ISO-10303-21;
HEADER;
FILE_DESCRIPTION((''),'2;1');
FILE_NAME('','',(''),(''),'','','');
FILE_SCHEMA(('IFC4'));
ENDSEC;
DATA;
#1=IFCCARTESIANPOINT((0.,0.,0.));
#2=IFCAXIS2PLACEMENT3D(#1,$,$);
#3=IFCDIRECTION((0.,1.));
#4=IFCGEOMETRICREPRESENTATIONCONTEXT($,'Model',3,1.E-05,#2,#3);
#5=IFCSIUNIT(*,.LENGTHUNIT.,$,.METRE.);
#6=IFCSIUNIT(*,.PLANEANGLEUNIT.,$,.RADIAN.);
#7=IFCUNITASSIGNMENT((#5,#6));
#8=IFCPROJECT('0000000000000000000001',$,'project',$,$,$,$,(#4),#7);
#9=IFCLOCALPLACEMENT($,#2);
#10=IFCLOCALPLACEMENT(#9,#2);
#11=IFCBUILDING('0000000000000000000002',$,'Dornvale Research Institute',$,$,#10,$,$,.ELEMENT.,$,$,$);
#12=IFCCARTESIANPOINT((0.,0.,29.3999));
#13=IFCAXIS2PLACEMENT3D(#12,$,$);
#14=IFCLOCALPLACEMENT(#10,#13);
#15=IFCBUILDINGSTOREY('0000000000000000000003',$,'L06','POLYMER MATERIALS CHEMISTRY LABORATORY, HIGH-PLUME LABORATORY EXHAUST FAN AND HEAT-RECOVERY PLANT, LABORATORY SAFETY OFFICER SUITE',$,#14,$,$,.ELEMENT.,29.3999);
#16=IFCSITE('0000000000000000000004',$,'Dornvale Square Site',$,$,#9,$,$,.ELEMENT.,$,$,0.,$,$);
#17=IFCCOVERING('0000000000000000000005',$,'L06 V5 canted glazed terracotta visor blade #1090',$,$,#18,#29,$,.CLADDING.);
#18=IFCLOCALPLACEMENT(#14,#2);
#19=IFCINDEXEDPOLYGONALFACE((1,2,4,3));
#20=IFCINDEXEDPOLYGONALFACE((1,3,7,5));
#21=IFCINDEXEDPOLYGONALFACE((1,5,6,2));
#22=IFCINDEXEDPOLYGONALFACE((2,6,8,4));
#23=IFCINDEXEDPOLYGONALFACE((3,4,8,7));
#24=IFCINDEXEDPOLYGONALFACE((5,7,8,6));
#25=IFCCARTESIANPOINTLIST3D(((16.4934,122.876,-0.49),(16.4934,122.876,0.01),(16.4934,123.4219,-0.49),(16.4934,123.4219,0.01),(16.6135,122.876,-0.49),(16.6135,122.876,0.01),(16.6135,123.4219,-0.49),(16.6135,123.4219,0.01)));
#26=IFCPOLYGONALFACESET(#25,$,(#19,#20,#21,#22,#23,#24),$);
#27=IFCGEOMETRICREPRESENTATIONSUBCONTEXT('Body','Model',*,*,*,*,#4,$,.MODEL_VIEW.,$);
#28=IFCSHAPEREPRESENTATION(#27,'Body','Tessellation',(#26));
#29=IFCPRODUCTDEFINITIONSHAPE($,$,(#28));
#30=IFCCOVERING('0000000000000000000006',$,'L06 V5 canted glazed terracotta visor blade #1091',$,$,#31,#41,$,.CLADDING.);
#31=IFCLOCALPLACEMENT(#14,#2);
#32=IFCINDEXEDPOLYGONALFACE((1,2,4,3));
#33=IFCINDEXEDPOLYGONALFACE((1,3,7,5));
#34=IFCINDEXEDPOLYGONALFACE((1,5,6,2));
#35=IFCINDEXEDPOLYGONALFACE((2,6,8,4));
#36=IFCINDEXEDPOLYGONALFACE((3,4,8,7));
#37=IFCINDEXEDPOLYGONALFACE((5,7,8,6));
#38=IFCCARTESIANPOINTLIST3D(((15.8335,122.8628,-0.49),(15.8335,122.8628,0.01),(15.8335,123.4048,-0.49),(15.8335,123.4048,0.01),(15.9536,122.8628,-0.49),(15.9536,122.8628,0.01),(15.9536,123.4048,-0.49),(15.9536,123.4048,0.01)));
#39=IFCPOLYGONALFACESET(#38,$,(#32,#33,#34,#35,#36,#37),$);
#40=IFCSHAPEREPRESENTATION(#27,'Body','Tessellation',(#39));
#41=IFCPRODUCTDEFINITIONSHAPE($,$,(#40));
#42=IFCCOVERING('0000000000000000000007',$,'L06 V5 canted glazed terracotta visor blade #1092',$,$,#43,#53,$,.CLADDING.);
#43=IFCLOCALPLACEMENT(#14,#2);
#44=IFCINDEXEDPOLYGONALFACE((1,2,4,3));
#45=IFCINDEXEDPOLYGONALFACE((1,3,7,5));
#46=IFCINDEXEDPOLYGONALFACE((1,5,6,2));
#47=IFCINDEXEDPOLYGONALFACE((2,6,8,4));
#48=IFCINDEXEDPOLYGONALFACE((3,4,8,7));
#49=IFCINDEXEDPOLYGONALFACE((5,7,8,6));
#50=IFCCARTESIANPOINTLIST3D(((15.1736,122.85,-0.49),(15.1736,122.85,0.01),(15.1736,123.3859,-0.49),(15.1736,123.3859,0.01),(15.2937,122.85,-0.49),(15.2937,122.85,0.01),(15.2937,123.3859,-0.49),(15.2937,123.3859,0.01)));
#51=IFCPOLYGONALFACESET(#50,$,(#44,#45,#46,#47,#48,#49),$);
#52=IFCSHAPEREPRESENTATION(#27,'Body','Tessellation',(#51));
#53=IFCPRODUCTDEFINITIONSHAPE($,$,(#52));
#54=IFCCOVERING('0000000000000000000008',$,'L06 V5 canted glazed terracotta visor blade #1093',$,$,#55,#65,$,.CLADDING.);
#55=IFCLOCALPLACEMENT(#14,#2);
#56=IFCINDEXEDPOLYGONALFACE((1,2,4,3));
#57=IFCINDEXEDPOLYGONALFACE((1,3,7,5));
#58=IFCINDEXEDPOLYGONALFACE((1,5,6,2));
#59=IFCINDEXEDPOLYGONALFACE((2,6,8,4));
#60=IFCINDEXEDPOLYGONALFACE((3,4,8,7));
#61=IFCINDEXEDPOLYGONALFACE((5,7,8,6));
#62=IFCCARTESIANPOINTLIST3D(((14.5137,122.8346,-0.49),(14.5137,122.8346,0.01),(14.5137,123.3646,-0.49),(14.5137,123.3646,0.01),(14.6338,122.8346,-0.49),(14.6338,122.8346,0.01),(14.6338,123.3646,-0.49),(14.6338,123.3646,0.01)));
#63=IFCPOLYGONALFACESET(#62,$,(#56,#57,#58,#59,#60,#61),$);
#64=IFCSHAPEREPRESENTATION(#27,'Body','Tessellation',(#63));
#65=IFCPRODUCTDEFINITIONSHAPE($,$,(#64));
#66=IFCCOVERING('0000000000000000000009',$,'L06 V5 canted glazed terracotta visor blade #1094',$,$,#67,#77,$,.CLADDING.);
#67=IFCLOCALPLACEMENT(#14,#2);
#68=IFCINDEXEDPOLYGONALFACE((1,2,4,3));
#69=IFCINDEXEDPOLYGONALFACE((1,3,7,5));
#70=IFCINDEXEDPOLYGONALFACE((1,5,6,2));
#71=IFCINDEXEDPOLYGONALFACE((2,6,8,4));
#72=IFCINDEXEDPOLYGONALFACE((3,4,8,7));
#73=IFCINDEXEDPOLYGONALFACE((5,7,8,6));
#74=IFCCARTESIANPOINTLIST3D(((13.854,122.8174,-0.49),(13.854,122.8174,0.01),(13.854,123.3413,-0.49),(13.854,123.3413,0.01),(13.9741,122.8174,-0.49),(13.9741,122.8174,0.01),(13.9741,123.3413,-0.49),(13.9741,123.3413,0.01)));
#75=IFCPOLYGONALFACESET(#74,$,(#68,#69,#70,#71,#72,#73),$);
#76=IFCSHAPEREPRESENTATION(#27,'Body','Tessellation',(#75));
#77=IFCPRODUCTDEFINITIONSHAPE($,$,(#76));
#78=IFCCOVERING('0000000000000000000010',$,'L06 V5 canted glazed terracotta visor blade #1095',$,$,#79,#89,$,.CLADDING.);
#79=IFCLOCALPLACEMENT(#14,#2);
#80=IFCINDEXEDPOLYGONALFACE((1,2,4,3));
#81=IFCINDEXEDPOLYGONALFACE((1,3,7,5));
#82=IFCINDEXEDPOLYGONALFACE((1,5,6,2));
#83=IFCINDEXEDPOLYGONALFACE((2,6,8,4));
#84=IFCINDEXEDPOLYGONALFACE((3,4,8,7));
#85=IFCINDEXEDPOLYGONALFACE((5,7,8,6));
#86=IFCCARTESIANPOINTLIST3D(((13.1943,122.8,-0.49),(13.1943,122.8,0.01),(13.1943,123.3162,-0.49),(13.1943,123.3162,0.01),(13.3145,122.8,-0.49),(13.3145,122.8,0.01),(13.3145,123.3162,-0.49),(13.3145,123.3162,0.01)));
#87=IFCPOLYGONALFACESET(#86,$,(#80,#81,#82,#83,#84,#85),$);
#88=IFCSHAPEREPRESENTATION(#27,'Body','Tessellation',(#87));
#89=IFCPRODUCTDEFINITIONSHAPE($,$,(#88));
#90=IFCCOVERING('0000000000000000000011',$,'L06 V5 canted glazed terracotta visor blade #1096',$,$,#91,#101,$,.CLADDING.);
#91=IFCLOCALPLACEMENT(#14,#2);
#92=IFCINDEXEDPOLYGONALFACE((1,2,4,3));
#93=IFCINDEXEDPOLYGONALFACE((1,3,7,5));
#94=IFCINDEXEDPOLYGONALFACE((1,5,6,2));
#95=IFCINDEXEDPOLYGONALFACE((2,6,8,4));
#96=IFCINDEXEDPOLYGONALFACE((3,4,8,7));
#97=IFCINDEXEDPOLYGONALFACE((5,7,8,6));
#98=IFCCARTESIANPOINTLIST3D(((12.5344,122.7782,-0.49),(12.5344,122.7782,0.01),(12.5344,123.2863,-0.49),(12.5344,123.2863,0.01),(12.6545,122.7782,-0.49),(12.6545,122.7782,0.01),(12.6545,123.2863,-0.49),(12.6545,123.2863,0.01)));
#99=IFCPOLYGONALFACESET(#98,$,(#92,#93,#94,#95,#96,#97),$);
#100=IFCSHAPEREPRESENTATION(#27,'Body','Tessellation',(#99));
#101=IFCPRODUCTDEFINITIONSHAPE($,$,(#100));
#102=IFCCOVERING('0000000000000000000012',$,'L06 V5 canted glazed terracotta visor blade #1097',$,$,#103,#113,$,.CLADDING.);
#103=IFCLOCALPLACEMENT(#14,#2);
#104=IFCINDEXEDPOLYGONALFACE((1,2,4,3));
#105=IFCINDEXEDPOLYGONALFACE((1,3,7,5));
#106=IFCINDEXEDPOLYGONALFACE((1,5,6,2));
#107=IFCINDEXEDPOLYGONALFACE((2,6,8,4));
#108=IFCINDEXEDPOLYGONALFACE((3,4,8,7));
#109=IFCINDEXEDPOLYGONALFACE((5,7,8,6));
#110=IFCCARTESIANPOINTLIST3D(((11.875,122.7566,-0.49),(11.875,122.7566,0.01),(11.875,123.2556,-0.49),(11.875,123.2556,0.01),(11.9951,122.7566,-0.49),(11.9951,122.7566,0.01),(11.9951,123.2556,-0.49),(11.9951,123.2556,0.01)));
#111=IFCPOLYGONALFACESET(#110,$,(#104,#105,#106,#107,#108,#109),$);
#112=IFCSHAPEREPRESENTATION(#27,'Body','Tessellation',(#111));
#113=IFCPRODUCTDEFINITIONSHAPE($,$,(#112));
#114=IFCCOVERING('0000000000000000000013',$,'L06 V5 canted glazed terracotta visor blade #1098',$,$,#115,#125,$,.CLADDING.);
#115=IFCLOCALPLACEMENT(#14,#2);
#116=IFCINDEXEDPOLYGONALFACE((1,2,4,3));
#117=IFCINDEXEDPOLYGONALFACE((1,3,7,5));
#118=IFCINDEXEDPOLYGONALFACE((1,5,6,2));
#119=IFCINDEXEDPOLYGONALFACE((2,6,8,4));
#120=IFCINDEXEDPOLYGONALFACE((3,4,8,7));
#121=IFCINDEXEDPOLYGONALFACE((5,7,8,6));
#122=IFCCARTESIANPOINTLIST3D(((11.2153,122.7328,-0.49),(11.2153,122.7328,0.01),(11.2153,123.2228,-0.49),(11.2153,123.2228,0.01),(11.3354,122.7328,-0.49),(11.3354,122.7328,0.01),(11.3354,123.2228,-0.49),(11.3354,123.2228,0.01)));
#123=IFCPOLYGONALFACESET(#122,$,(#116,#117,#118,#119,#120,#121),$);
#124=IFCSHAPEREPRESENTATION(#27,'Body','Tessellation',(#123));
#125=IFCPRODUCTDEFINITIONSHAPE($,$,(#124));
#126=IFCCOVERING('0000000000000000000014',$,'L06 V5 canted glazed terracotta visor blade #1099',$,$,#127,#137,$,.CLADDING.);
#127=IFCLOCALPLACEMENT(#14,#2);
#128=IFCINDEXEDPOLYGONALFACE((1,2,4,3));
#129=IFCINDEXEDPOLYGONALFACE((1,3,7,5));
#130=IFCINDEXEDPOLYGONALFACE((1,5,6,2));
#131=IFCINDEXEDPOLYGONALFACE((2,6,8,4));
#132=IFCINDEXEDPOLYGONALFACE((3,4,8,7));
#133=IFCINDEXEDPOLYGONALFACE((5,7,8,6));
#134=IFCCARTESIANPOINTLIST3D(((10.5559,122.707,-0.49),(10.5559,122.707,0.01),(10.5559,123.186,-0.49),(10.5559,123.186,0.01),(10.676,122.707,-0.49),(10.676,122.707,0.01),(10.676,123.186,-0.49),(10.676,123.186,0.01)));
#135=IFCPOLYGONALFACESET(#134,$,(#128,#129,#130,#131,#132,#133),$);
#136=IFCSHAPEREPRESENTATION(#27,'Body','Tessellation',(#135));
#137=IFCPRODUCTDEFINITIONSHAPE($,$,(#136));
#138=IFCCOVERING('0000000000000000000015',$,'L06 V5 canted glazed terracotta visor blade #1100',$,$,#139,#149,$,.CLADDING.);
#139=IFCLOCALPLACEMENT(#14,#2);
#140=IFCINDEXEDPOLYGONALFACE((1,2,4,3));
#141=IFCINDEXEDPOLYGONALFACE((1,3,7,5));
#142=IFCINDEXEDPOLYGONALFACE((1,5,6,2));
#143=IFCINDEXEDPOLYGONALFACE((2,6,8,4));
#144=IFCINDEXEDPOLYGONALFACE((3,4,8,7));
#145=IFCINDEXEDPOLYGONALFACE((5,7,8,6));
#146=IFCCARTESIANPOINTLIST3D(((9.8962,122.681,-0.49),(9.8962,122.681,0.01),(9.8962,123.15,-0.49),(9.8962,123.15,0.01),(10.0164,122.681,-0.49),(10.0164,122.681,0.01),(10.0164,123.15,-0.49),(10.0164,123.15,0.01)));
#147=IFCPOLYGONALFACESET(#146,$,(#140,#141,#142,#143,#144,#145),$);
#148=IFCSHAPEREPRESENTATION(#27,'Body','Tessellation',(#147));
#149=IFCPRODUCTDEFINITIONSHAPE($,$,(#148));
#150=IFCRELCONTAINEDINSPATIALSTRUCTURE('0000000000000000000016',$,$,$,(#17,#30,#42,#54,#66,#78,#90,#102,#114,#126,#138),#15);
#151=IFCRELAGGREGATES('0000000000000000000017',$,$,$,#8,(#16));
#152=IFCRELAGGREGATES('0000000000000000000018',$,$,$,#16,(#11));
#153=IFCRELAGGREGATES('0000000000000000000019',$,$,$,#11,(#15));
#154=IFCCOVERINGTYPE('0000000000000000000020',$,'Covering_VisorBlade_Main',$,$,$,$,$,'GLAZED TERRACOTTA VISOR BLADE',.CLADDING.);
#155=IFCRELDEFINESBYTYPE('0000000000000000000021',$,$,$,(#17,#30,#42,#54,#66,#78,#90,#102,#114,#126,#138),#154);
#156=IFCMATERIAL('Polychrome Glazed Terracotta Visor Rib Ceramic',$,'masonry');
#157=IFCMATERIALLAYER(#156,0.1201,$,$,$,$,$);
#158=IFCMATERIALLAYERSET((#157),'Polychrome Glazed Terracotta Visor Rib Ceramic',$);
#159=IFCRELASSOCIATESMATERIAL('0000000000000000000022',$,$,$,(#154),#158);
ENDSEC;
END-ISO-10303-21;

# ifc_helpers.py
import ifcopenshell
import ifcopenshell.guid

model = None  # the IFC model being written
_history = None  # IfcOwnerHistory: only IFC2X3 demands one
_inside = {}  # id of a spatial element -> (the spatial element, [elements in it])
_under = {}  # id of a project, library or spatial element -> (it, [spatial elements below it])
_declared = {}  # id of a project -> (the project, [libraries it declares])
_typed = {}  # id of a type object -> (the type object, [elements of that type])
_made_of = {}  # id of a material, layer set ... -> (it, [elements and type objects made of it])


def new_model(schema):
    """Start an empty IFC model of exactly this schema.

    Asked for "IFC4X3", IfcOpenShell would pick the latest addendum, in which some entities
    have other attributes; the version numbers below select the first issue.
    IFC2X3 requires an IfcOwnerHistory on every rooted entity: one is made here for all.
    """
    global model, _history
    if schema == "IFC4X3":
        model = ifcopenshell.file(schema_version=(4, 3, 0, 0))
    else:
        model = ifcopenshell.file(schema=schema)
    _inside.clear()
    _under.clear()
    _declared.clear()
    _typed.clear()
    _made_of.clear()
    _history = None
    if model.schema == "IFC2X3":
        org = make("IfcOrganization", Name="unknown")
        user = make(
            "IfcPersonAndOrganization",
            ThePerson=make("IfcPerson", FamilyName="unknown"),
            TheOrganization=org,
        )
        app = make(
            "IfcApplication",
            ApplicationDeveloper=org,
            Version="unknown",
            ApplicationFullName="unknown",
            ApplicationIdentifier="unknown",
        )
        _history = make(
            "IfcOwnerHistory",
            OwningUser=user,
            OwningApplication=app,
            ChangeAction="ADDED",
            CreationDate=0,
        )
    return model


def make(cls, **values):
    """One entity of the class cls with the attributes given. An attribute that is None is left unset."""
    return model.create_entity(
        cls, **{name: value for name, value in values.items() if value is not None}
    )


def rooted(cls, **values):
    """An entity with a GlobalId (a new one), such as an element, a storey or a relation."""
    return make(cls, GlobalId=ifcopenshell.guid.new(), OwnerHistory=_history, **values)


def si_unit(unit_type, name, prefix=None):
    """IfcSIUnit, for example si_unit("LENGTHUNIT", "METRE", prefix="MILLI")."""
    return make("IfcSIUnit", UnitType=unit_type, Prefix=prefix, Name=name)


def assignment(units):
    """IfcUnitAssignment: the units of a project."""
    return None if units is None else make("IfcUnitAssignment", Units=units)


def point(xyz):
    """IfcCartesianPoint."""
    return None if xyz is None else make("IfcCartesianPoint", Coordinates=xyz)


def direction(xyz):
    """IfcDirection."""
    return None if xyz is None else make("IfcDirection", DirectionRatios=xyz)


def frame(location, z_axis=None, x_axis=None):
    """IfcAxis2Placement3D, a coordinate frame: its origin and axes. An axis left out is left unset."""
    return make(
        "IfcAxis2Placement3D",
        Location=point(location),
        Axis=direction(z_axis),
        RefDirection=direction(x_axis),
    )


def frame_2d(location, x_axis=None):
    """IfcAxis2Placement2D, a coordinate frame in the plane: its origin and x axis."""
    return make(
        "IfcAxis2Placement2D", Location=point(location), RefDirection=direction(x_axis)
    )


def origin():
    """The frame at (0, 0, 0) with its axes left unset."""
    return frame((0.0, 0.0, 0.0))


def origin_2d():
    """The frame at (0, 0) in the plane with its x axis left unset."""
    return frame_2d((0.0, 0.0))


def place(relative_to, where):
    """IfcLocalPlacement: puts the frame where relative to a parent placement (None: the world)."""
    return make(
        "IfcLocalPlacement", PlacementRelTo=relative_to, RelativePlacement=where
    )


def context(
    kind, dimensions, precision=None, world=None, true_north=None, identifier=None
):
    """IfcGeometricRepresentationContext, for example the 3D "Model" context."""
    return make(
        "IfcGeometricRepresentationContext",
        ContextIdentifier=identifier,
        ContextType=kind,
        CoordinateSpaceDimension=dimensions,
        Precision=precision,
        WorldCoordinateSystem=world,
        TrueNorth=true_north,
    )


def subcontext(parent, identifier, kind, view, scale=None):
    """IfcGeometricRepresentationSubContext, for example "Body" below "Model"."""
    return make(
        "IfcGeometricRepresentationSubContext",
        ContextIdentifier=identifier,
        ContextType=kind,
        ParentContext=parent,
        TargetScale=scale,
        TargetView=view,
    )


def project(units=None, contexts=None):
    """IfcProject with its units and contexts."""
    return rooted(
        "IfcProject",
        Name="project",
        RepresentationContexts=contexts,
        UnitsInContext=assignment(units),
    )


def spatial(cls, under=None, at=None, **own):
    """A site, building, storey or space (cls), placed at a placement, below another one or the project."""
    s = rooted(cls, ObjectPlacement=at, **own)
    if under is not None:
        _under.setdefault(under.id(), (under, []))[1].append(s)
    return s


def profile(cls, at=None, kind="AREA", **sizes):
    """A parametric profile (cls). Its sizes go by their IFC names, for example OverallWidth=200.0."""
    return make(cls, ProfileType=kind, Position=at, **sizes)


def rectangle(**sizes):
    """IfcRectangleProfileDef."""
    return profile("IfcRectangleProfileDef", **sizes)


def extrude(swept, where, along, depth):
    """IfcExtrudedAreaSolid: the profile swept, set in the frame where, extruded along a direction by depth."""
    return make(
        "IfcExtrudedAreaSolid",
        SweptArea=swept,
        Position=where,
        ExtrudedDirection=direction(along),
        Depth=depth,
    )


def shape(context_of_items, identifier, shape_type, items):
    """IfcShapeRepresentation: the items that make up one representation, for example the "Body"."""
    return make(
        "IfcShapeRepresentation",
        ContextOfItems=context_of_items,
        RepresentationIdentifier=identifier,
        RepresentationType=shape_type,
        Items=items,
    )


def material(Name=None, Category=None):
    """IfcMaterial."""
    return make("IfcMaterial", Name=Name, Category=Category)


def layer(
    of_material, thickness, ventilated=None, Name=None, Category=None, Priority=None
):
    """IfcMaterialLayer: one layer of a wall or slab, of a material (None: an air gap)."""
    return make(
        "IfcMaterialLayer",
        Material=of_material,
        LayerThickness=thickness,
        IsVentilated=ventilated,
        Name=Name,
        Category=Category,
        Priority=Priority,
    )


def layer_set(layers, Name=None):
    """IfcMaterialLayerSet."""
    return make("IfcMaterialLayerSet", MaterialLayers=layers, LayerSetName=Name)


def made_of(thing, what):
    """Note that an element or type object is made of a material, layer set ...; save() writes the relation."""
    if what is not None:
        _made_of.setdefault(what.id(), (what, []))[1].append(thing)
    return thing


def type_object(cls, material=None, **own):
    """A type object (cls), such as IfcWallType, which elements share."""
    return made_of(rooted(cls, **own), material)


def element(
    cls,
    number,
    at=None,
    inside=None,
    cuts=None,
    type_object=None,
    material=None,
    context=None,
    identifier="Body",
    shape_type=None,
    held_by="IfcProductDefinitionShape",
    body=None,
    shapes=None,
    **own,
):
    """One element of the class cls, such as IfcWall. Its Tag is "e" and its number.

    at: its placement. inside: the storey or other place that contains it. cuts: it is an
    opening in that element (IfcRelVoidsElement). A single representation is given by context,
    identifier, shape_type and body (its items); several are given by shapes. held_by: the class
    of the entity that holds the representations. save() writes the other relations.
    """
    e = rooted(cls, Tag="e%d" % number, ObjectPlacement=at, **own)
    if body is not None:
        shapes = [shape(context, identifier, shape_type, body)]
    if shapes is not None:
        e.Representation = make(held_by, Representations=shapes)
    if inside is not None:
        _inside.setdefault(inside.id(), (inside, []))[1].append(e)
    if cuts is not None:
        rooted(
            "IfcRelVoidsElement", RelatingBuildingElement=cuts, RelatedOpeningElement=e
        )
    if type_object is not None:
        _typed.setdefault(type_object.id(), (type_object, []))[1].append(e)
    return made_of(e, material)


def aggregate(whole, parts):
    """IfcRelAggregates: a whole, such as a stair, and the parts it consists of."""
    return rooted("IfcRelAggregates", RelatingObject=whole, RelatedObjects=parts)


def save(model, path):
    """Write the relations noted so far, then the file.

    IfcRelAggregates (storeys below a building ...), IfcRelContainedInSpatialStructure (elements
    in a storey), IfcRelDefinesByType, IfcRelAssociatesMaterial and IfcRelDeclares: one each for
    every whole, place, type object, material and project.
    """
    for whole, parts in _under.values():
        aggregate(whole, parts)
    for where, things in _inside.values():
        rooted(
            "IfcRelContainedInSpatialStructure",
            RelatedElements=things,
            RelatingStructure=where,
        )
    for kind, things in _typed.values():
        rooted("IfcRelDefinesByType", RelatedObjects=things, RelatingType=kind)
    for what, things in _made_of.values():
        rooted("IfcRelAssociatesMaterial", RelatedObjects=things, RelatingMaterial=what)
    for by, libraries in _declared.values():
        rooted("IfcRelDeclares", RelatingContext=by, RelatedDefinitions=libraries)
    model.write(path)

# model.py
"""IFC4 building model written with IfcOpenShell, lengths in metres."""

from ifc_helpers import new_model, si_unit, direction, frame, origin, origin_2d, place, context, subcontext, project, spatial, rectangle, extrude, material, layer, layer_set, type_object, element, save


model = new_model("IFC4")

# Units and contexts
model_context = context("Model", 3, precision=1e-05, world=origin(), true_north=direction((0.0, 1.0)))
body_context = subcontext(model_context, "Body", "Model", "MODEL_VIEW")
ifc_project = project(units=[si_unit("LENGTHUNIT", "METRE"), si_unit("PLANEANGLEUNIT", "RADIAN")], contexts=[model_context])

# Site, building, storey
site_placement = place(None, origin())
site = spatial("IfcSite", under=ifc_project, at=site_placement, Name="Dornvale Square Site", CompositionType="ELEMENT", RefElevation=0.0)
building_placement = place(site_placement, origin())
building = spatial("IfcBuilding", under=site, at=building_placement, Name="Dornvale Research Institute", CompositionType="ELEMENT")
storey_placement = place(building_placement, frame((0.0, 0.0, 29.3999)))
storey = spatial("IfcBuildingStorey", under=building, at=storey_placement, Name="L06", Description="POLYMER MATERIALS CHEMISTRY LABORATORY, HIGH-PLUME LABORATORY EXHAUST FAN AND HEAT-RECOVERY PLANT, LABORATORY SAFETY OFFICER SUITE", CompositionType="ELEMENT", Elevation=29.3999)

# Coverings
ifc_material_1 = material(Name="Polychrome Glazed Terracotta Visor Rib Ceramic", Category="masonry")
ifc_layer_1 = layer(ifc_material_1, 0.1201)
ifc_layer_set_1 = layer_set([ifc_layer_1], Name="Polychrome Glazed Terracotta Visor Rib Ceramic")
covering_type = type_object("IfcCoveringType", Name="Covering_VisorBlade_Main", ElementType="GLAZED TERRACOTTA VISOR BLADE", PredefinedType="CLADDING", material=ifc_layer_set_1)
covering_1_placement = place(storey_placement, frame((16.5535, 123.1489, -0.49), z_axis=(0.0, 0.0, 1.0), x_axis=(0.0, 1.0, 0.0)))
element("IfcCovering", 1, at=covering_1_placement, inside=storey, type_object=covering_type, Name="L06 V5 canted glazed terracotta visor blade #1090", PredefinedType="CLADDING", context=body_context, shape_type="SweptSolid", body=[
    extrude(rectangle(XDim=0.5459, YDim=0.1201, at=origin_2d()), origin(), (0.0, 0.0, 1.0), 0.5),
])
covering_2_placement = place(storey_placement, frame((15.8936, 123.1338, -0.49), z_axis=(0.0, 0.0, 1.0), x_axis=(0.0, 1.0, 0.0)))
element("IfcCovering", 2, at=covering_2_placement, inside=storey, type_object=covering_type, Name="L06 V5 canted glazed terracotta visor blade #1091", PredefinedType="CLADDING", context=body_context, shape_type="SweptSolid", body=[
    extrude(rectangle(XDim=0.542, YDim=0.1201, at=origin_2d()), origin(), (0.0, 0.0, 1.0), 0.5),
])
covering_3_placement = place(storey_placement, frame((15.2336, 123.1179, -0.49), z_axis=(0.0, 0.0, 1.0), x_axis=(0.0, 1.0, 0.0)))
element("IfcCovering", 3, at=covering_3_placement, inside=storey, type_object=covering_type, Name="L06 V5 canted glazed terracotta visor blade #1092", PredefinedType="CLADDING", context=body_context, shape_type="SweptSolid", body=[
    extrude(rectangle(XDim=0.5359, YDim=0.1201, at=origin_2d()), origin(), (0.0, 0.0, 1.0), 0.5),
])
covering_4_placement = place(storey_placement, frame((14.5737, 123.0996, -0.49), z_axis=(0.0, 0.0, 1.0), x_axis=(0.0, 1.0, 0.0)))
element("IfcCovering", 4, at=covering_4_placement, inside=storey, type_object=covering_type, Name="L06 V5 canted glazed terracotta visor blade #1093", PredefinedType="CLADDING", context=body_context, shape_type="SweptSolid", body=[
    extrude(rectangle(XDim=0.53, YDim=0.1201, at=origin_2d()), origin(), (0.0, 0.0, 1.0), 0.5),
])
covering_5_placement = place(storey_placement, frame((13.9141, 123.0793, -0.49), z_axis=(0.0, 0.0, 1.0), x_axis=(0.0, 1.0, 0.0)))
element("IfcCovering", 5, at=covering_5_placement, inside=storey, type_object=covering_type, Name="L06 V5 canted glazed terracotta visor blade #1094", PredefinedType="CLADDING", context=body_context, shape_type="SweptSolid", body=[
    extrude(rectangle(XDim=0.5239, YDim=0.1201, at=origin_2d()), origin(), (0.0, 0.0, 1.0), 0.5),
])
covering_6_placement = place(storey_placement, frame((13.2544, 123.0581, -0.49), z_axis=(0.0, 0.0, 1.0), x_axis=(0.0, 1.0, 0.0)))
element("IfcCovering", 6, at=covering_6_placement, inside=storey, type_object=covering_type, Name="L06 V5 canted glazed terracotta visor blade #1095", PredefinedType="CLADDING", context=body_context, shape_type="SweptSolid", body=[
    extrude(rectangle(XDim=0.5161, YDim=0.1201, at=origin_2d()), origin(), (0.0, 0.0, 1.0), 0.5),
])
covering_7_placement = place(storey_placement, frame((12.5945, 123.0322, -0.49), z_axis=(0.0, 0.0, 1.0), x_axis=(0.0, 1.0, 0.0)))
element("IfcCovering", 7, at=covering_7_placement, inside=storey, type_object=covering_type, Name="L06 V5 canted glazed terracotta visor blade #1096", PredefinedType="CLADDING", context=body_context, shape_type="SweptSolid", body=[
    extrude(rectangle(XDim=0.5081, YDim=0.1201, at=origin_2d()), origin(), (0.0, 0.0, 1.0), 0.5),
])
covering_8_placement = place(storey_placement, frame((11.9351, 123.0061, -0.49), z_axis=(0.0, 0.0, 1.0), x_axis=(0.0, 1.0, 0.0)))
element("IfcCovering", 8, at=covering_8_placement, inside=storey, type_object=covering_type, Name="L06 V5 canted glazed terracotta visor blade #1097", PredefinedType="CLADDING", context=body_context, shape_type="SweptSolid", body=[
    extrude(rectangle(XDim=0.499, YDim=0.1201, at=origin_2d()), origin(), (0.0, 0.0, 1.0), 0.5),
])
covering_9_placement = place(storey_placement, frame((11.2754, 122.9778, -0.49), z_axis=(0.0, 0.0, 1.0), x_axis=(0.0, 1.0, 0.0)))
element("IfcCovering", 9, at=covering_9_placement, inside=storey, type_object=covering_type, Name="L06 V5 canted glazed terracotta visor blade #1098", PredefinedType="CLADDING", context=body_context, shape_type="SweptSolid", body=[
    extrude(rectangle(XDim=0.49, YDim=0.1201, at=origin_2d()), origin(), (0.0, 0.0, 1.0), 0.5),
])
covering_10_placement = place(storey_placement, frame((10.616, 122.9465, -0.49), z_axis=(0.0, 0.0, 1.0), x_axis=(0.0, 1.0, 0.0)))
element("IfcCovering", 10, at=covering_10_placement, inside=storey, type_object=covering_type, Name="L06 V5 canted glazed terracotta visor blade #1099", PredefinedType="CLADDING", context=body_context, shape_type="SweptSolid", body=[
    extrude(rectangle(XDim=0.479, YDim=0.1201, at=origin_2d()), origin(), (0.0, 0.0, 1.0), 0.5),
])
covering_11_placement = place(storey_placement, frame((9.9563, 122.9155, -0.49), z_axis=(0.0, 0.0, 1.0), x_axis=(0.0, 1.0, 0.0)))
element("IfcCovering", 11, at=covering_11_placement, inside=storey, type_object=covering_type, Name="L06 V5 canted glazed terracotta visor blade #1100", PredefinedType="CLADDING", context=body_context, shape_type="SweptSolid", body=[
    extrude(rectangle(XDim=0.469, YDim=0.1201, at=origin_2d()), origin(), (0.0, 0.0, 1.0), 0.5),
])

save(model, "model.ifc")
